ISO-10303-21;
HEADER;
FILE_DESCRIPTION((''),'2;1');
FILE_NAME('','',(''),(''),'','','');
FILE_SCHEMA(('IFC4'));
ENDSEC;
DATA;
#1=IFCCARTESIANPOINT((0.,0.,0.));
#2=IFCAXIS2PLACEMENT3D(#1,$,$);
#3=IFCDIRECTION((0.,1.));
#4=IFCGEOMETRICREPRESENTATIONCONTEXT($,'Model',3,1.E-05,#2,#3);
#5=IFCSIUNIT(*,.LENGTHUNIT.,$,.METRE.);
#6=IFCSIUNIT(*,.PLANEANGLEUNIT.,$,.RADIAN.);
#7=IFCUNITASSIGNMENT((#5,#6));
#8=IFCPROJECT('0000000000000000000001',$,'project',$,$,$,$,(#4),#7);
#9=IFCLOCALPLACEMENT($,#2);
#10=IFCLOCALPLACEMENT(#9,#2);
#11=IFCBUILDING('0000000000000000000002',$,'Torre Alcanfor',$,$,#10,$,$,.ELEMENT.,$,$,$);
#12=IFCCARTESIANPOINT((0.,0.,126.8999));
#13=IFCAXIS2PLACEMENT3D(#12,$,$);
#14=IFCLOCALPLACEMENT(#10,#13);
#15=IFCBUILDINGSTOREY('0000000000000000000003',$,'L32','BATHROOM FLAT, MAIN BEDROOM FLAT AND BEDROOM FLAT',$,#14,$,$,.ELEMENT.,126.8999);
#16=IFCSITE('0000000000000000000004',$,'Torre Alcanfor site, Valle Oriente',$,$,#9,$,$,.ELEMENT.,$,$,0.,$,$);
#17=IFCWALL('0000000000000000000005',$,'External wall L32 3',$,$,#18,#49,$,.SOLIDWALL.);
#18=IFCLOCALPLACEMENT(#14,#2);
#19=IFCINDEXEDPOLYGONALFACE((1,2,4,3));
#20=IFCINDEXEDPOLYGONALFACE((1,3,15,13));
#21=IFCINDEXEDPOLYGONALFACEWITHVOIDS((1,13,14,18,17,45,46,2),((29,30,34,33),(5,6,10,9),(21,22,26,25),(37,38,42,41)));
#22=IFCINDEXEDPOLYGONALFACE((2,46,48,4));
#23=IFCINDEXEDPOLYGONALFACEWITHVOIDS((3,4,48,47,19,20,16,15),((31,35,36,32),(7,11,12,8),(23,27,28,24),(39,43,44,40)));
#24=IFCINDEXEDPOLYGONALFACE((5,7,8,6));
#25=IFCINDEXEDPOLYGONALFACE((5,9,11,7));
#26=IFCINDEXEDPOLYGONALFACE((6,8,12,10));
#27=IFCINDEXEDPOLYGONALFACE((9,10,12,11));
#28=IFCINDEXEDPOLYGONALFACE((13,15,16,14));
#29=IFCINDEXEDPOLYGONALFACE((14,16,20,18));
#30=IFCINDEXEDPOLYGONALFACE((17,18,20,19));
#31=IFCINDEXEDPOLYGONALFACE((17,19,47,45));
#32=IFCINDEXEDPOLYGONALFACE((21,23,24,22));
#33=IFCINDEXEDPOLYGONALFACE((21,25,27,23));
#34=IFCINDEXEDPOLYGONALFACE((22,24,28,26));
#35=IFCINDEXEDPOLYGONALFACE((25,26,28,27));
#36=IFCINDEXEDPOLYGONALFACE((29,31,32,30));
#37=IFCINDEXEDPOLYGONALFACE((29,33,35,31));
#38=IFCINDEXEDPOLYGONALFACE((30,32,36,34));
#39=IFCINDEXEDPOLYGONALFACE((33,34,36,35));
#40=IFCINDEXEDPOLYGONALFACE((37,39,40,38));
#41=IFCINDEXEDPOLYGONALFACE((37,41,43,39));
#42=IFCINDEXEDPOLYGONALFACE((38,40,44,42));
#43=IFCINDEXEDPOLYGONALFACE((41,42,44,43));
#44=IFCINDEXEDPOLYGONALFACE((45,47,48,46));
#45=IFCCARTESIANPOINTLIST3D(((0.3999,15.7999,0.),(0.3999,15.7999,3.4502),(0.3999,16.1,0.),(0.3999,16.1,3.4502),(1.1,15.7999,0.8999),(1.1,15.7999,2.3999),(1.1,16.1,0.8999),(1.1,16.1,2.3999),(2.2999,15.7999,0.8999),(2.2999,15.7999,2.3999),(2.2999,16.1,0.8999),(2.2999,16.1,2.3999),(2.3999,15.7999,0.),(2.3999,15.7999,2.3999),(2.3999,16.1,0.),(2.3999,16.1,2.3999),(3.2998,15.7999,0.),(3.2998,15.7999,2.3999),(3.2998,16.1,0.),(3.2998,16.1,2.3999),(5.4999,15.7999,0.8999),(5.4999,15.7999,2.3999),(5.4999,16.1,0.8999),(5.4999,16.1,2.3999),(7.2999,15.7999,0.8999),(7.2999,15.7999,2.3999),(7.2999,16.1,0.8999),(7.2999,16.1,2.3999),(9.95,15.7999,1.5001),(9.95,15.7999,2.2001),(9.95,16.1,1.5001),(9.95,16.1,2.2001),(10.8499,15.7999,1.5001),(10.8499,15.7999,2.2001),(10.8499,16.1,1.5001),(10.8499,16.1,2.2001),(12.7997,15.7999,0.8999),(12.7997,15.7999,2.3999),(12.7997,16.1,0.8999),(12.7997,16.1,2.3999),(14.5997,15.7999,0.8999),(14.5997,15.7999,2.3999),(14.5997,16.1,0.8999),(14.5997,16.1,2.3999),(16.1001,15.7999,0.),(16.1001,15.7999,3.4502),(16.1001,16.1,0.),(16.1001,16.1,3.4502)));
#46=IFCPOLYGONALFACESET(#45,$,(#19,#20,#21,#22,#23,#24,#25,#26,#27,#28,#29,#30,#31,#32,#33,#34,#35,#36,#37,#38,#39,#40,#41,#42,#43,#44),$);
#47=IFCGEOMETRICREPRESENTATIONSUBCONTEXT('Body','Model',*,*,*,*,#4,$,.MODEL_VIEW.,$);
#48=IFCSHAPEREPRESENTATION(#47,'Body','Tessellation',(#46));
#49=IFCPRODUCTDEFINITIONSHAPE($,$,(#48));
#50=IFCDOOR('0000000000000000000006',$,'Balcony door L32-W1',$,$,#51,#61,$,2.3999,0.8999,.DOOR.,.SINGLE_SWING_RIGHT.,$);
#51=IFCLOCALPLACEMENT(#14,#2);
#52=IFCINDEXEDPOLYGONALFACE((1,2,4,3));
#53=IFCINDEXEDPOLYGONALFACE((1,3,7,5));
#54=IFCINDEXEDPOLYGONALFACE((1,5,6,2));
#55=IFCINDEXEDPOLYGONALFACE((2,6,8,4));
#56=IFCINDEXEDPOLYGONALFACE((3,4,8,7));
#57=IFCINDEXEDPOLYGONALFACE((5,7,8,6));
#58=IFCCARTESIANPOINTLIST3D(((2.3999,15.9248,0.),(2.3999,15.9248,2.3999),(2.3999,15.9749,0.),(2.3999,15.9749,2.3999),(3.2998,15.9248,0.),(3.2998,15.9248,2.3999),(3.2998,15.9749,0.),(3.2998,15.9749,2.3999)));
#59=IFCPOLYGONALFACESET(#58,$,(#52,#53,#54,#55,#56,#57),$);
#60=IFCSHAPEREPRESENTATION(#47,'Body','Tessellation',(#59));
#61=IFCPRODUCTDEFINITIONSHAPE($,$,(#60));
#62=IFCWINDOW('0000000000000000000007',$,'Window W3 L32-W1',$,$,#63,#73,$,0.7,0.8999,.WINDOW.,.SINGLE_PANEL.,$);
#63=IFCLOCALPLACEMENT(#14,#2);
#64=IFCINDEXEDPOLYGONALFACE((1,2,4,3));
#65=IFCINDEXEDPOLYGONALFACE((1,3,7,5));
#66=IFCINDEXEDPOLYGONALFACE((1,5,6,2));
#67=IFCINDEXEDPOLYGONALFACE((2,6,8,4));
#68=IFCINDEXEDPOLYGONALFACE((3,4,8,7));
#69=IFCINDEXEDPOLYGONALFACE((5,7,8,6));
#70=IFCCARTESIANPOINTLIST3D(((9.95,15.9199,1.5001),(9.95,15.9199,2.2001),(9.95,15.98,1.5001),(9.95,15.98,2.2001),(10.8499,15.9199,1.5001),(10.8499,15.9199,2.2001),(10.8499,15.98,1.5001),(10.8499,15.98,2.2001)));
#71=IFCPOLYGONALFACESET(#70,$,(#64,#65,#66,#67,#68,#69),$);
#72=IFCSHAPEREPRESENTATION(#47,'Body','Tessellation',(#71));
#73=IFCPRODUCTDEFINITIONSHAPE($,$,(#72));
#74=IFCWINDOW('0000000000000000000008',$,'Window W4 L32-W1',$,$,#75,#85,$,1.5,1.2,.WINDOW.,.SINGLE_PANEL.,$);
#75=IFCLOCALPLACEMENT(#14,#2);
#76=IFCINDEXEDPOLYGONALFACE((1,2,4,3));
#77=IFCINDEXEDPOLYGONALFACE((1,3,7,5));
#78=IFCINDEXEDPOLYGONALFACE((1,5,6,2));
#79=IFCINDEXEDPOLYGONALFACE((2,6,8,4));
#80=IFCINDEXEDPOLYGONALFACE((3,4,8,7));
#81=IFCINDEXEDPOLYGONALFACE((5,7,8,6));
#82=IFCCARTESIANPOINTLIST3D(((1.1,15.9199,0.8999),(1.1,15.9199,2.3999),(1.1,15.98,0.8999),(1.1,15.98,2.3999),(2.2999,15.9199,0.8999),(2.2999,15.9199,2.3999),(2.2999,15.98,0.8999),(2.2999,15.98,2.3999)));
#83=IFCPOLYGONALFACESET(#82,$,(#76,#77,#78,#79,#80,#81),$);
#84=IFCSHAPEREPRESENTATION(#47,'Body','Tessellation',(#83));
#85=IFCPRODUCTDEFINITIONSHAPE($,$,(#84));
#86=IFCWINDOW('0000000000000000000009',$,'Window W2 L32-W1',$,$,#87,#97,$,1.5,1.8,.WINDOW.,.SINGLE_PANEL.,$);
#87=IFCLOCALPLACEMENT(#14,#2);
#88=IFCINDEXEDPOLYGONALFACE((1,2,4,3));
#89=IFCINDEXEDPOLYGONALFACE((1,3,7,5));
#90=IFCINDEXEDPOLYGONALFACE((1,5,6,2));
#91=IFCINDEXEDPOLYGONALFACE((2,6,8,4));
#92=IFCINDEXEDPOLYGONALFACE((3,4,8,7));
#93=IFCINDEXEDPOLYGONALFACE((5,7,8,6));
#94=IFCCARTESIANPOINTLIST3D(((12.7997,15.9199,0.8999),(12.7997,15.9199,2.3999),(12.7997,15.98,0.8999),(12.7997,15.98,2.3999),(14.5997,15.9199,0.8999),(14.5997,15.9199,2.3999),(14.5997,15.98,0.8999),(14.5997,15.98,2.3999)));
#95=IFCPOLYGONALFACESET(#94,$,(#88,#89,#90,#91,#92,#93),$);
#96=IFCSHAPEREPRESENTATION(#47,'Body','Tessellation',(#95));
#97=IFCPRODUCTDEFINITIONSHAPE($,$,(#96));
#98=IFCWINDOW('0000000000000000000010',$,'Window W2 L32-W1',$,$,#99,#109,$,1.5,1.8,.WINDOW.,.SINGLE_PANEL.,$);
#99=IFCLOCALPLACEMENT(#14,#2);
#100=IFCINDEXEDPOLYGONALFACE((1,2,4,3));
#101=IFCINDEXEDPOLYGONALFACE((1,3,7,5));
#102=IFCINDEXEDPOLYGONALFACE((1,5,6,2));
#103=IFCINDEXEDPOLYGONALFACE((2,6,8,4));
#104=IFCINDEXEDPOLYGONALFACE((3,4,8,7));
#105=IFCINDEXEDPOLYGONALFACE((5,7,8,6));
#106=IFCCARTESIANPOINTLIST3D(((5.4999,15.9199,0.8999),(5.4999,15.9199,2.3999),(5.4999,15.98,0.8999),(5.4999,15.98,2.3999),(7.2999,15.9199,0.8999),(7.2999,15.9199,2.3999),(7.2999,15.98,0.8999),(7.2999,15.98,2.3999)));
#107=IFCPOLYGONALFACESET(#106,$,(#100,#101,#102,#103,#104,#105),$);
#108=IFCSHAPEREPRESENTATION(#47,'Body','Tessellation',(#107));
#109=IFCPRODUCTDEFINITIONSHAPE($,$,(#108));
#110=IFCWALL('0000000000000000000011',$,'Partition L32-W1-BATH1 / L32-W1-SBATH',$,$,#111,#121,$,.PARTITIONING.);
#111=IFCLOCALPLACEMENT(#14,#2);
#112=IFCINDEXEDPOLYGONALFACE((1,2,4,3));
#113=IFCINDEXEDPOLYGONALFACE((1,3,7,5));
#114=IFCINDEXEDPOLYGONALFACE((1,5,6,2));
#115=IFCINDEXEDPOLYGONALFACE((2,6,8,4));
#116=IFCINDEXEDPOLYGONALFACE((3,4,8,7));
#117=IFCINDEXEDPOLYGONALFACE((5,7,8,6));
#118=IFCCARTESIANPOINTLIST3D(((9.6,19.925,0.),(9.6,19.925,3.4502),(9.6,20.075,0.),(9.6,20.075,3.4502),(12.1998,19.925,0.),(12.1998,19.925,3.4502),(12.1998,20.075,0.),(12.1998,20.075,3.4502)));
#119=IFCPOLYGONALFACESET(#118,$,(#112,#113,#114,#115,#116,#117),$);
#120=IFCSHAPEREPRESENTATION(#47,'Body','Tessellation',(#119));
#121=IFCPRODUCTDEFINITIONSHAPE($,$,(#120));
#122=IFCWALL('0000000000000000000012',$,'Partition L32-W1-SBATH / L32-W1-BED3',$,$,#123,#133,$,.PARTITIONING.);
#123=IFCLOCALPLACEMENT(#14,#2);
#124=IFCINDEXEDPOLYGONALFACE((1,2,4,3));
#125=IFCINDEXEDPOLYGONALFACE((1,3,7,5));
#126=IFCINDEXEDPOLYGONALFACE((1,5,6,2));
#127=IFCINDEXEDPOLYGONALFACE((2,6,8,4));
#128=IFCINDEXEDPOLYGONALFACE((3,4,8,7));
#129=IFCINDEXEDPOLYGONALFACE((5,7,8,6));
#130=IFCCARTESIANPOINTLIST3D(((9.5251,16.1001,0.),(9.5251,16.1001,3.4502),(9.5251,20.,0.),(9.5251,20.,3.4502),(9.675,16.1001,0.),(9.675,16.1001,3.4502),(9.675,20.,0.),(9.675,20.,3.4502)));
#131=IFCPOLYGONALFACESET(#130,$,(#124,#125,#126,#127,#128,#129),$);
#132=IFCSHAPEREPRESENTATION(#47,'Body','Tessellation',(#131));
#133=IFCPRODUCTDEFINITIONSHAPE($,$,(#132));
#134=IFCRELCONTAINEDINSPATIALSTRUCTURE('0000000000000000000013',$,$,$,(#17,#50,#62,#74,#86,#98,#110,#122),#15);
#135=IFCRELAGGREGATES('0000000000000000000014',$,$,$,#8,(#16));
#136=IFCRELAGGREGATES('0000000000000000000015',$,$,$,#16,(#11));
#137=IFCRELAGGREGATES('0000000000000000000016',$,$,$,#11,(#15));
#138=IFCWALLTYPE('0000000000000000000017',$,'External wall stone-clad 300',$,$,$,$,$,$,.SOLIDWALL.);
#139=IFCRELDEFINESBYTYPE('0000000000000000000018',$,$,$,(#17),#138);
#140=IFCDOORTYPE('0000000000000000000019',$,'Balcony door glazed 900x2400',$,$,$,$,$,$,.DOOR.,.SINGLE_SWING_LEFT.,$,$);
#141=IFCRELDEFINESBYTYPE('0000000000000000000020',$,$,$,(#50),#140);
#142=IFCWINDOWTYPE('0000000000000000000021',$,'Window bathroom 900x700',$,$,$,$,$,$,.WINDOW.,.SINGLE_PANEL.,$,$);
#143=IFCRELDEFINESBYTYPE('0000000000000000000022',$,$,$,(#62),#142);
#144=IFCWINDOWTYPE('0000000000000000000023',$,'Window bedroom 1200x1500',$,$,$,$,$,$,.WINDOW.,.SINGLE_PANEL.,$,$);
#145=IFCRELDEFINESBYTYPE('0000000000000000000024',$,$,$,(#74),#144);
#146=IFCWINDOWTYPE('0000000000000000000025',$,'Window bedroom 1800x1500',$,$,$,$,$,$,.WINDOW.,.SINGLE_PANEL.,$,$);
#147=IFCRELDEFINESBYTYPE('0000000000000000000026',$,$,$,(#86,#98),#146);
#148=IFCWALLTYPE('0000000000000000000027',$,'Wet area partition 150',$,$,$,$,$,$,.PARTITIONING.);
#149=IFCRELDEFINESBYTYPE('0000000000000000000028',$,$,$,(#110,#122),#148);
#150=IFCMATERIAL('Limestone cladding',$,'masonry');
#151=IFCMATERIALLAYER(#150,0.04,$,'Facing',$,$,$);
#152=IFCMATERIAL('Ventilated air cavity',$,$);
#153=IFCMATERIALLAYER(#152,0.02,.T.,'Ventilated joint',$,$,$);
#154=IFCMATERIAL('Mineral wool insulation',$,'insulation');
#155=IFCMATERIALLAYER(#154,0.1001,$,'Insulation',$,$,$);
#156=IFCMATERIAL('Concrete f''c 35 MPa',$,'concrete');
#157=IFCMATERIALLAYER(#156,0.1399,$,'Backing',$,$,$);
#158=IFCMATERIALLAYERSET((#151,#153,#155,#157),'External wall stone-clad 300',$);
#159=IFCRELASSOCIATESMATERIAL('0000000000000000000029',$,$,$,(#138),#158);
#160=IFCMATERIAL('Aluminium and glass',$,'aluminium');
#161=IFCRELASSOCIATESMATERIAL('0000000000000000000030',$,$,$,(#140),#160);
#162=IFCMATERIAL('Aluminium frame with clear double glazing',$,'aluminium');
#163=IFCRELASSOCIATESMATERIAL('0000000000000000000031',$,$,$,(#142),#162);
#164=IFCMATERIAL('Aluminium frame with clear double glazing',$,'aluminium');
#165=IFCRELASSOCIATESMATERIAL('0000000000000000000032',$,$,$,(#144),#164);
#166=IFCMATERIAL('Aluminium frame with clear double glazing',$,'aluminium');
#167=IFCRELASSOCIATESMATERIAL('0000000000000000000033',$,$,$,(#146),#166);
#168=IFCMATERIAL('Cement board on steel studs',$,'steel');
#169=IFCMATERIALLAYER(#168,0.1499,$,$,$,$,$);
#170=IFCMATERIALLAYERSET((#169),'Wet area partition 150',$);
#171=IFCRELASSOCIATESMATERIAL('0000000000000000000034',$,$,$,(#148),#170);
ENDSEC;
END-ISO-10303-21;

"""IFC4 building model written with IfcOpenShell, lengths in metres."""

from ifc_helpers import new_model, si_unit, direction, frame, frame_2d, origin, place, context, subcontext, project, spatial, rectangle, extrude, material, layer, layer_set, type_object, element, fill, save


model = new_model("IFC4")

# Units and contexts
model_context = context("Model", 3, precision=1e-05, world=origin(), true_north=direction((0.0, 1.0)))
body_context = subcontext(model_context, "Body", "Model", "MODEL_VIEW")
ifc_project = project(units=[si_unit("LENGTHUNIT", "METRE"), si_unit("PLANEANGLEUNIT", "RADIAN")], contexts=[model_context])

# Site, building, storey
site_placement = place(None, origin())
site = spatial("IfcSite", under=ifc_project, at=site_placement, Name="Torre Alcanfor site, Valle Oriente", CompositionType="ELEMENT", RefElevation=0.0)
building_placement = place(site_placement, origin())
building = spatial("IfcBuilding", under=site, at=building_placement, Name="Torre Alcanfor", CompositionType="ELEMENT")
storey_placement = place(building_placement, frame((0.0, 0.0, 126.8999)))
storey = spatial("IfcBuildingStorey", under=building, at=storey_placement, Name="L32", Description="BATHROOM FLAT, MAIN BEDROOM FLAT AND BEDROOM FLAT", CompositionType="ELEMENT", Elevation=126.8999)

# Wall, openings, door, windows
ifc_material_1 = material(Name="Limestone cladding", Category="masonry")
ifc_layer_1 = layer(ifc_material_1, 0.04, Name="Facing")
ifc_material_2 = material(Name="Ventilated air cavity")
ifc_layer_2 = layer(ifc_material_2, 0.02, ventilated=True, Name="Ventilated joint")
ifc_material_3 = material(Name="Mineral wool insulation", Category="insulation")
ifc_layer_3 = layer(ifc_material_3, 0.1001, Name="Insulation")
ifc_material_4 = material(Name="Concrete f'c 35 MPa", Category="concrete")
ifc_layer_4 = layer(ifc_material_4, 0.1399, Name="Backing")
ifc_layer_set_1 = layer_set([ifc_layer_1, ifc_layer_2, ifc_layer_3, ifc_layer_4], Name="External wall stone-clad 300")
wall_type_1 = type_object("IfcWallType", Name="External wall stone-clad 300", PredefinedType="SOLIDWALL", material=ifc_layer_set_1)
wall_1_placement = place(storey_placement, frame((0.3999, 15.95, 0.0), z_axis=(0.0, 0.0, 1.0), x_axis=(1.0, 0.0, 0.0)))
wall_1 = element("IfcWall", 1, at=wall_1_placement, inside=storey, type_object=wall_type_1, Name="External wall L32 3", PredefinedType="SOLIDWALL", context=body_context, shape_type="SweptSolid", body=[
    extrude(rectangle(XDim=15.7002, YDim=0.3, at=frame_2d((7.8501, 0.0))), origin(), (0.0, 0.0, 1.0), 3.4502),
])
opening_1_placement = place(wall_1_placement, frame((12.3999, 0.0, 0.8999)))
opening_1 = element("IfcOpeningElement", 2, at=opening_1_placement, cuts=wall_1, PredefinedType="OPENING", context=body_context, shape_type="SweptSolid", body=[
    extrude(rectangle(XDim=1.8, YDim=1.5, at=frame_2d((0.8999, 0.75))), frame((0.0, 0.1599, 0.0), z_axis=(0.0, -1.0, 0.0), x_axis=(1.0, 0.0, 0.0)), (0.0, 0.0, 1.0), 0.3201),
])
opening_2_placement = place(wall_1_placement, frame((9.55, 0.0, 1.5)))
opening_2 = element("IfcOpeningElement", 3, at=opening_2_placement, cuts=wall_1, PredefinedType="OPENING", context=body_context, shape_type="SweptSolid", body=[
    extrude(rectangle(XDim=0.8999, YDim=0.7, at=frame_2d((0.45, 0.3501))), frame((0.0, 0.1599, 0.0), z_axis=(0.0, -1.0, 0.0), x_axis=(1.0, 0.0, 0.0)), (0.0, 0.0, 1.0), 0.3201),
])
opening_3_placement = place(wall_1_placement, frame((5.1001, 0.0, 0.8999)))
opening_3 = element("IfcOpeningElement", 4, at=opening_3_placement, cuts=wall_1, PredefinedType="OPENING", context=body_context, shape_type="SweptSolid", body=[
    extrude(rectangle(XDim=1.8, YDim=1.5, at=frame_2d((0.8999, 0.75))), frame((0.0, 0.1599, 0.0), z_axis=(0.0, -1.0, 0.0), x_axis=(1.0, 0.0, 0.0)), (0.0, 0.0, 1.0), 0.3201),
])
opening_4_placement = place(wall_1_placement, frame((2.0, 0.0, 0.0)))
opening_4 = element("IfcOpeningElement", 5, at=opening_4_placement, cuts=wall_1, PredefinedType="OPENING", context=body_context, shape_type="SweptSolid", body=[
    extrude(rectangle(XDim=0.8999, YDim=2.3999, at=frame_2d((0.45, 1.2))), frame((0.0, 0.1599, 0.0), z_axis=(0.0, -1.0, 0.0), x_axis=(1.0, 0.0, 0.0)), (0.0, 0.0, 1.0), 0.3201),
])
opening_5_placement = place(wall_1_placement, frame((0.7, 0.0, 0.8999)))
opening_5 = element("IfcOpeningElement", 6, at=opening_5_placement, cuts=wall_1, PredefinedType="OPENING", context=body_context, shape_type="SweptSolid", body=[
    extrude(rectangle(XDim=1.2, YDim=1.5, at=frame_2d((0.6001, 0.75))), frame((0.0, 0.1599, 0.0), z_axis=(0.0, -1.0, 0.0), x_axis=(1.0, 0.0, 0.0)), (0.0, 0.0, 1.0), 0.3201),
])
ifc_material_5 = material(Name="Aluminium and glass", Category="aluminium")
door_type = type_object("IfcDoorType", Name="Balcony door glazed 900x2400", OperationType="SINGLE_SWING_LEFT", PredefinedType="DOOR", material=ifc_material_5)
door_placement = place(opening_4_placement, origin())
door = element("IfcDoor", 7, at=door_placement, inside=storey, type_object=door_type, Name="Balcony door L32-W1", OperationType="SINGLE_SWING_RIGHT", OverallHeight=2.3999, OverallWidth=0.8999, PredefinedType="DOOR", context=body_context, shape_type="SweptSolid", body=[
    extrude(rectangle(XDim=0.8999, YDim=2.3999, at=frame_2d((0.45, 1.2))), frame((0.0, 0.0249, 0.0), z_axis=(0.0, -1.0, 0.0), x_axis=(1.0, 0.0, 0.0)), (0.0, 0.0, 1.0), 0.05),
])
fill(opening_4, door)
ifc_material_6 = material(Name="Aluminium frame with clear double glazing", Category="aluminium")
window_type_1 = type_object("IfcWindowType", Name="Window bathroom 900x700", PartitioningType="SINGLE_PANEL", PredefinedType="WINDOW", material=ifc_material_6)
window_1_placement = place(opening_2_placement, origin())
window_1 = element("IfcWindow", 8, at=window_1_placement, inside=storey, type_object=window_type_1, Name="Window W3 L32-W1", OverallHeight=0.7, OverallWidth=0.8999, PartitioningType="SINGLE_PANEL", PredefinedType="WINDOW", context=body_context, shape_type="SweptSolid", body=[
    extrude(rectangle(XDim=0.8999, YDim=0.7, at=frame_2d((0.45, 0.3501))), frame((0.0, 0.03, 0.0), z_axis=(0.0, -1.0, 0.0), x_axis=(1.0, 0.0, 0.0)), (0.0, 0.0, 1.0), 0.0601),
])
fill(opening_2, window_1)
ifc_material_7 = material(Name="Aluminium frame with clear double glazing", Category="aluminium")
window_type_2 = type_object("IfcWindowType", Name="Window bedroom 1200x1500", PartitioningType="SINGLE_PANEL", PredefinedType="WINDOW", material=ifc_material_7)
window_2_placement = place(opening_5_placement, origin())
window_2 = element("IfcWindow", 9, at=window_2_placement, inside=storey, type_object=window_type_2, Name="Window W4 L32-W1", OverallHeight=1.5, OverallWidth=1.2, PartitioningType="SINGLE_PANEL", PredefinedType="WINDOW", context=body_context, shape_type="SweptSolid", body=[
    extrude(rectangle(XDim=1.2, YDim=1.5, at=frame_2d((0.6001, 0.75))), frame((0.0, 0.03, 0.0), z_axis=(0.0, -1.0, 0.0), x_axis=(1.0, 0.0, 0.0)), (0.0, 0.0, 1.0), 0.0601),
])
fill(opening_5, window_2)
ifc_material_8 = material(Name="Aluminium frame with clear double glazing", Category="aluminium")
window_type_3 = type_object("IfcWindowType", Name="Window bedroom 1800x1500", PartitioningType="SINGLE_PANEL", PredefinedType="WINDOW", material=ifc_material_8)
window_3_placement = place(opening_1_placement, origin())
window_3 = element("IfcWindow", 10, at=window_3_placement, inside=storey, type_object=window_type_3, Name="Window W2 L32-W1", OverallHeight=1.5, OverallWidth=1.8, PartitioningType="SINGLE_PANEL", PredefinedType="WINDOW", context=body_context, shape_type="SweptSolid", body=[
    extrude(rectangle(XDim=1.8, YDim=1.5, at=frame_2d((0.8999, 0.75))), frame((0.0, 0.03, 0.0), z_axis=(0.0, -1.0, 0.0), x_axis=(1.0, 0.0, 0.0)), (0.0, 0.0, 1.0), 0.0601),
])
fill(opening_1, window_3)
window_4_placement = place(opening_3_placement, origin())
window_4 = element("IfcWindow", 11, at=window_4_placement, inside=storey, type_object=window_type_3, Name="Window W2 L32-W1", OverallHeight=1.5, OverallWidth=1.8, PartitioningType="SINGLE_PANEL", PredefinedType="WINDOW", context=body_context, shape_type="SweptSolid", body=[
    extrude(rectangle(XDim=1.8, YDim=1.5, at=frame_2d((0.8999, 0.75))), frame((0.0, 0.03, 0.0), z_axis=(0.0, -1.0, 0.0), x_axis=(1.0, 0.0, 0.0)), (0.0, 0.0, 1.0), 0.0601),
])
fill(opening_3, window_4)

# Walls
ifc_material_9 = material(Name="Cement board on steel studs", Category="steel")
ifc_layer_5 = layer(ifc_material_9, 0.1499)
ifc_layer_set_2 = layer_set([ifc_layer_5], Name="Wet area partition 150")
wall_type_2 = type_object("IfcWallType", Name="Wet area partition 150", PredefinedType="PARTITIONING", material=ifc_layer_set_2)
wall_2_placement = place(storey_placement, frame((9.6001, 20.0, 0.0), z_axis=(0.0, 0.0, 1.0), x_axis=(1.0, 0.0, 0.0)))
element("IfcWall", 12, at=wall_2_placement, inside=storey, type_object=wall_type_2, Name="Partition L32-W1-BATH1 / L32-W1-SBATH", PredefinedType="PARTITIONING", context=body_context, shape_type="SweptSolid", body=[
    extrude(rectangle(XDim=2.5999, YDim=0.1499, at=frame_2d((1.2998, 0.0))), origin(), (0.0, 0.0, 1.0), 3.4502),
])
wall_3_placement = place(storey_placement, frame((9.6001, 20.0, 0.0), z_axis=(0.0, 0.0, 1.0), x_axis=(0.0, -1.0, 0.0)))
element("IfcWall", 13, at=wall_3_placement, inside=storey, type_object=wall_type_2, Name="Partition L32-W1-SBATH / L32-W1-BED3", PredefinedType="PARTITIONING", context=body_context, shape_type="SweptSolid", body=[
    extrude(rectangle(XDim=3.8999, YDim=0.1499, at=frame_2d((1.95, 0.0))), origin(), (0.0, 0.0, 1.0), 3.4502),
])

save(model, "model.ifc")
